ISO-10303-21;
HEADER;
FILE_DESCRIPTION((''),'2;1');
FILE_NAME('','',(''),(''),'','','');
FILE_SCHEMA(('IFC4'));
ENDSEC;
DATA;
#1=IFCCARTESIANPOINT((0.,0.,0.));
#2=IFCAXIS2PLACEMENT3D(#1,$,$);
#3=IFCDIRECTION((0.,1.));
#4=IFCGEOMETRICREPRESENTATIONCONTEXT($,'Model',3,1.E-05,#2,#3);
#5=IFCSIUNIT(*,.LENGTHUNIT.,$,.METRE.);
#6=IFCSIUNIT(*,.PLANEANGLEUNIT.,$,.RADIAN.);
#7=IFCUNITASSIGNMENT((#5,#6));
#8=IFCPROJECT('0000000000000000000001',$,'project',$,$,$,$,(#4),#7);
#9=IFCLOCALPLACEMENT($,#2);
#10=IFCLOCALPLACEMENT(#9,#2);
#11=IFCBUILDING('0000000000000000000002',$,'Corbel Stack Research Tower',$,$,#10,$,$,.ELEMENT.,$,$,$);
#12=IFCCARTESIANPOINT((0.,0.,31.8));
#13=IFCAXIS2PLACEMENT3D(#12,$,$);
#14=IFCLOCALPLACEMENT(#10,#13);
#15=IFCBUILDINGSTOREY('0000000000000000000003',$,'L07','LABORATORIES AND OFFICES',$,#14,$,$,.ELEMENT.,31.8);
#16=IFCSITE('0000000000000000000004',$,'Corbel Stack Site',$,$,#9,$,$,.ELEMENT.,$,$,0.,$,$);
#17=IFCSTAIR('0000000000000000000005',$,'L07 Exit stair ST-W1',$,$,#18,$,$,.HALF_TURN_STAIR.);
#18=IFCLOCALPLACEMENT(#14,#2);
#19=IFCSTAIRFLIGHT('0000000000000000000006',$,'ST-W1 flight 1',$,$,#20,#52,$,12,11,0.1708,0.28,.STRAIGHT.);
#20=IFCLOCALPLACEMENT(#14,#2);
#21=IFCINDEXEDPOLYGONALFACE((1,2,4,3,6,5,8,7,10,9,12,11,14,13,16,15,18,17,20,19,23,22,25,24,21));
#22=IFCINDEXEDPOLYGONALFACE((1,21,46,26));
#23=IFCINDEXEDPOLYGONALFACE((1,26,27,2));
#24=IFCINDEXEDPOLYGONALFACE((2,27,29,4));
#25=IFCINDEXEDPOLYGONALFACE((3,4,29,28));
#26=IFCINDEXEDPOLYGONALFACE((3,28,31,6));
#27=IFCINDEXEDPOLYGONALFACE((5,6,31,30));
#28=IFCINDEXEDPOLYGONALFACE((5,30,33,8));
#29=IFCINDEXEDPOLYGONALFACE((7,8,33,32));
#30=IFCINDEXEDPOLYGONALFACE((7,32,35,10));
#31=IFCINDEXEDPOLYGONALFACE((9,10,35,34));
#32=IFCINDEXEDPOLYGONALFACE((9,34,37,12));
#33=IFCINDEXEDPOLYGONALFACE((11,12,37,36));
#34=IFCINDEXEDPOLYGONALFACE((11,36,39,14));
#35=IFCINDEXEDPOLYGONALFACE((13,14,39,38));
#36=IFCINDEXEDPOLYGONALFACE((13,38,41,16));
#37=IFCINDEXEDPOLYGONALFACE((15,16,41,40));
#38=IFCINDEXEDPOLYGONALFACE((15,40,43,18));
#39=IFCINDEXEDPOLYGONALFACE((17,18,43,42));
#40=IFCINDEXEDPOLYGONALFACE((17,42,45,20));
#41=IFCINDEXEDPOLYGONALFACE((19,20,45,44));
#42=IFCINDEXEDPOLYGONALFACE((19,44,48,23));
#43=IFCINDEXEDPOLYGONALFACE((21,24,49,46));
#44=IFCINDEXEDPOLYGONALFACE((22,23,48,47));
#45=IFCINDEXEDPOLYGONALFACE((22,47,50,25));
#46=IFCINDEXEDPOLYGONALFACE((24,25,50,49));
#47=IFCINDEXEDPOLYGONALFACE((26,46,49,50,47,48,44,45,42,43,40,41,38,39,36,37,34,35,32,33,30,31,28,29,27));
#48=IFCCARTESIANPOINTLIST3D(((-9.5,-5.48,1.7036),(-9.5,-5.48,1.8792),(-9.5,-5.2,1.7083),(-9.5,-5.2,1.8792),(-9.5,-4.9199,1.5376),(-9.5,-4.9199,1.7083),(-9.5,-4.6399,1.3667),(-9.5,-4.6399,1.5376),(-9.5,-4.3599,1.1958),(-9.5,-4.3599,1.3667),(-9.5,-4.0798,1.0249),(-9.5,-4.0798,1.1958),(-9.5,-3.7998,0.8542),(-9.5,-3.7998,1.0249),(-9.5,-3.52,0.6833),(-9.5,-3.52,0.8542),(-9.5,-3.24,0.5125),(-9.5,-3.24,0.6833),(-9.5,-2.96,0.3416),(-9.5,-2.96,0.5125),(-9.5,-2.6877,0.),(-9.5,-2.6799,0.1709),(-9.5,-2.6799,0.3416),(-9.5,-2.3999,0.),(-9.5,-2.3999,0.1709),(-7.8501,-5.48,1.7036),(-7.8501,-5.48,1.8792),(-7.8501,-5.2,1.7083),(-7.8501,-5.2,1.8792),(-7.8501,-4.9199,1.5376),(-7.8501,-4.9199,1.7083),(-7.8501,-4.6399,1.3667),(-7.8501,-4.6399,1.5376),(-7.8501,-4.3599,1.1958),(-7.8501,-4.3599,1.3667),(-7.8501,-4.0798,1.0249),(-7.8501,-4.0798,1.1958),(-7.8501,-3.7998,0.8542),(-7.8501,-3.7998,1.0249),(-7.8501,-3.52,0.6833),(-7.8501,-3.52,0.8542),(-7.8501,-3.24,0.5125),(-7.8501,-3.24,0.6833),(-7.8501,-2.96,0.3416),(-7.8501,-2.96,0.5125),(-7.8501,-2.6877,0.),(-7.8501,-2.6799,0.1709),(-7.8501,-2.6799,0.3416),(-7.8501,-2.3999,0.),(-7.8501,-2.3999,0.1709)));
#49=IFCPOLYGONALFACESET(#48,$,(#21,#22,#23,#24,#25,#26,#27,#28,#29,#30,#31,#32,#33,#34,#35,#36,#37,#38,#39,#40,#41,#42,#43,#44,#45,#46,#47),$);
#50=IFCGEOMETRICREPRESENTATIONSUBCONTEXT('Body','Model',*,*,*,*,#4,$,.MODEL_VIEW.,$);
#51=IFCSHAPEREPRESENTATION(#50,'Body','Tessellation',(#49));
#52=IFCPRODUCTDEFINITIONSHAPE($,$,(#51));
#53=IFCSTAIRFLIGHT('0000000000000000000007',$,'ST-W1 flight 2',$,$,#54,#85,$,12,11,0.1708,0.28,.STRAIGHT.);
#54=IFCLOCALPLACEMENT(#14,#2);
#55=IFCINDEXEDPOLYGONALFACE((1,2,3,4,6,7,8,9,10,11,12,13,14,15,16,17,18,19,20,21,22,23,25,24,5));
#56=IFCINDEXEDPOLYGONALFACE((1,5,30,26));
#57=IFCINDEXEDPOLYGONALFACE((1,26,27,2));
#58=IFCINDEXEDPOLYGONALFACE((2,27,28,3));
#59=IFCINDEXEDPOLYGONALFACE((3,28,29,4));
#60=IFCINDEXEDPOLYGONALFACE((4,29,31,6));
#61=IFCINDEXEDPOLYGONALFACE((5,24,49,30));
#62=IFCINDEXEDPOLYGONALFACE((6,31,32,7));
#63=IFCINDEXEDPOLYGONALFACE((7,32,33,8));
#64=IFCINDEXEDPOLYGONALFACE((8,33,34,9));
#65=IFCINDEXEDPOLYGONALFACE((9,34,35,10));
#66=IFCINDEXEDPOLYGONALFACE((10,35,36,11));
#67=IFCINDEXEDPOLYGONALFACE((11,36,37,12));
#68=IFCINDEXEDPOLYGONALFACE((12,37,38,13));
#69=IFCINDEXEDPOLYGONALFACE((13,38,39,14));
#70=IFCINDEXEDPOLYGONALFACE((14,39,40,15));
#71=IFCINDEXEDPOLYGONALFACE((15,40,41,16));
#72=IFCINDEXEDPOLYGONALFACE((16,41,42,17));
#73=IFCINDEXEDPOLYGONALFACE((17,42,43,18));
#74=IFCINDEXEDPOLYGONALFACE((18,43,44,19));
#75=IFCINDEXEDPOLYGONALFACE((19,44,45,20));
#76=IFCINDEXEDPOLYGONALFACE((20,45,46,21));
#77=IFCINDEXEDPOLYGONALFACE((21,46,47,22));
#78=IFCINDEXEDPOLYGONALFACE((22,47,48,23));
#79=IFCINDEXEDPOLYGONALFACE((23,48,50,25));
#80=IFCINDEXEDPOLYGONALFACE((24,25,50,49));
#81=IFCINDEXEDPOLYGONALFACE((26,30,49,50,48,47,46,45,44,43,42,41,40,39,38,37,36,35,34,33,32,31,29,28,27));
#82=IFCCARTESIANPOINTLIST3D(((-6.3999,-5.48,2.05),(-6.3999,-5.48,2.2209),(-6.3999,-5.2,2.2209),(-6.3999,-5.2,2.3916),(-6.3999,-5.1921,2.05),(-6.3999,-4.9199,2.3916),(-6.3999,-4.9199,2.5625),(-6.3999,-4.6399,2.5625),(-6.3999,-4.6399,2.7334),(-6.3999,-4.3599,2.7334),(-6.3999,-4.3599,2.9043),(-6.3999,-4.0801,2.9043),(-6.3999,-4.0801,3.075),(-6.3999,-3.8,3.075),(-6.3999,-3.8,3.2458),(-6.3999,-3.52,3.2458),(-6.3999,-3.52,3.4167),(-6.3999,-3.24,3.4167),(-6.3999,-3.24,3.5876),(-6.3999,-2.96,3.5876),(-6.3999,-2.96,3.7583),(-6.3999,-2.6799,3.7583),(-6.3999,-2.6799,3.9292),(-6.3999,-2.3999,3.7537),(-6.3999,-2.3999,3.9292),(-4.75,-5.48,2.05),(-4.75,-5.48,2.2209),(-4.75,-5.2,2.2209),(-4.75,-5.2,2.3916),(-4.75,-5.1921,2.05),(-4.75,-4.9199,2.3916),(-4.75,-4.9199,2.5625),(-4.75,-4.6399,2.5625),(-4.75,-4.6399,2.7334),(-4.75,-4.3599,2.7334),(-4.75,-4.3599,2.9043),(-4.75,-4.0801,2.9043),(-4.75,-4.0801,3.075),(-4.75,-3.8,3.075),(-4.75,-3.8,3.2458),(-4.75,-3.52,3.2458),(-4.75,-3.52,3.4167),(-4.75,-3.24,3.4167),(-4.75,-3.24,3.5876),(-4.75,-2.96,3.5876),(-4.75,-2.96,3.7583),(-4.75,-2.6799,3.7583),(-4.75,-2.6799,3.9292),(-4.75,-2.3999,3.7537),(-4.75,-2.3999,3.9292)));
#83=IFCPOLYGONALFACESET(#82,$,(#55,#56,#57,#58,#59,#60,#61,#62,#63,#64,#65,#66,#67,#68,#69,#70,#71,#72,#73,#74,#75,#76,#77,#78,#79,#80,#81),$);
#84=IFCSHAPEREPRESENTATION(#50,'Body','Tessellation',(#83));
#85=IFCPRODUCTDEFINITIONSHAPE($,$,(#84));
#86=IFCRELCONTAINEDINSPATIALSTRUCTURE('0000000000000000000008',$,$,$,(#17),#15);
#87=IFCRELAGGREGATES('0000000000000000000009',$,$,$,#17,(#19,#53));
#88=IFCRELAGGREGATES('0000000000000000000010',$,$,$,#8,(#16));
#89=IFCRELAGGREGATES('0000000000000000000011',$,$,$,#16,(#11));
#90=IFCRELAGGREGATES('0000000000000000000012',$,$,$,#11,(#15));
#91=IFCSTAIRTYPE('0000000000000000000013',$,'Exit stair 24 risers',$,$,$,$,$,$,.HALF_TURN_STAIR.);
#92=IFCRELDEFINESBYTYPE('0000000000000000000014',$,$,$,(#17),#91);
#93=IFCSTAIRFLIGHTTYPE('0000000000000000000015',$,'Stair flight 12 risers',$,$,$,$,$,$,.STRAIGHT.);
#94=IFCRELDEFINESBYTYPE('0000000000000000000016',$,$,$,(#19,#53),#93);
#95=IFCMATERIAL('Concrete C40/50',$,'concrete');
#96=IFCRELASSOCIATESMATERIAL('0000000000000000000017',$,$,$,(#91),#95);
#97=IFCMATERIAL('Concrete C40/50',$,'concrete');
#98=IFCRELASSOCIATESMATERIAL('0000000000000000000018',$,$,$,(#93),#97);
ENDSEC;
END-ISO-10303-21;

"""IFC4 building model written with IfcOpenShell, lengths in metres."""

from ifc_helpers import new_model, si_unit, direction, frame, origin, place, context, subcontext, project, spatial, polyline, outline, extrude, material, type_object, element, aggregate, save


model = new_model("IFC4")

# Units and contexts
model_context = context("Model", 3, precision=1e-05, world=origin(), true_north=direction((0.0, 1.0)))
body_context = subcontext(model_context, "Body", "Model", "MODEL_VIEW")
ifc_project = project(units=[si_unit("LENGTHUNIT", "METRE"), si_unit("PLANEANGLEUNIT", "RADIAN")], contexts=[model_context])

# Site, building, storey
site_placement = place(None, origin())
site = spatial("IfcSite", under=ifc_project, at=site_placement, Name="Corbel Stack Site", CompositionType="ELEMENT", RefElevation=0.0)
building_placement = place(site_placement, origin())
building = spatial("IfcBuilding", under=site, at=building_placement, Name="Corbel Stack Research Tower", CompositionType="ELEMENT")
storey_placement = place(building_placement, frame((0.0, 0.0, 31.8)))
storey = spatial("IfcBuildingStorey", under=building, at=storey_placement, Name="L07", Description="LABORATORIES AND OFFICES", CompositionType="ELEMENT", Elevation=31.8)

# Stair, stair flights
ifc_material_1 = material(Name="Concrete C40/50", Category="concrete")
stair_type = type_object("IfcStairType", Name="Exit stair 24 risers", PredefinedType="HALF_TURN_STAIR", material=ifc_material_1)
stair_placement = place(storey_placement, origin())
stair = element("IfcStair", 1, at=stair_placement, inside=storey, type_object=stair_type, Name="L07 Exit stair ST-W1", PredefinedType="HALF_TURN_STAIR")
ifc_material_2 = material(Name="Concrete C40/50", Category="concrete")
stair_flight_type = type_object("IfcStairFlightType", Name="Stair flight 12 risers", PredefinedType="STRAIGHT", material=ifc_material_2)
stair_flight_1_placement = place(storey_placement, frame((-8.675, -2.3999, 0.0), z_axis=(0.0, 0.0, 1.0), x_axis=(0.0, -1.0, 0.0)))
stair_flight_1 = element("IfcStairFlight", 2, at=stair_flight_1_placement, type_object=stair_flight_type, Name="ST-W1 flight 1", NumberOfRisers=12, NumberOfTreads=11, PredefinedType="STRAIGHT", RiserHeight=0.1708, TreadLength=0.28, context=body_context, shape_type="SweptSolid", body=[
    extrude(outline(polyline([(0.0, 0.0), (0.0, 0.1709), (0.28, 0.1709), (0.28, 0.3416), (0.5601, 0.3416), (0.5601, 0.5125), (0.8401, 0.5125), (0.8401, 0.6833), (1.1201, 0.6833), (1.1201, 0.8542), (1.3999, 0.8542), (1.3999, 1.0249), (1.6799, 1.0249), (1.6799, 1.1958), (1.96, 1.1958), (1.96, 1.3667), (2.24, 1.3667), (2.24, 1.5376), (2.52, 1.5376), (2.52, 1.7083), (2.8, 1.7083), (2.8, 1.8792), (3.0801, 1.8792), (3.0801, 2.05), (3.0801, 1.7036), (0.2878, 0.0), (0.0, 0.0)])), frame((0.0, 0.825, 0.0), z_axis=(0.0, -1.0, 0.0), x_axis=(1.0, 0.0, 0.0)), (0.0, 0.0, 1.0), 1.6499),
])
stair_flight_2_placement = place(storey_placement, frame((-5.575, -5.48, 2.05), z_axis=(0.0, 0.0, 1.0), x_axis=(0.0, 1.0, 0.0)))
stair_flight_2 = element("IfcStairFlight", 3, at=stair_flight_2_placement, type_object=stair_flight_type, Name="ST-W1 flight 2", NumberOfRisers=12, NumberOfTreads=11, PredefinedType="STRAIGHT", RiserHeight=0.1708, TreadLength=0.28, context=body_context, shape_type="SweptSolid", body=[
    extrude(outline(polyline([(0.0, 0.0), (0.0, 0.1709), (0.28, 0.1709), (0.28, 0.3416), (0.5601, 0.3416), (0.5601, 0.5125), (0.8401, 0.5125), (0.8401, 0.6833), (1.1201, 0.6833), (1.1201, 0.8542), (1.3999, 0.8542), (1.3999, 1.0249), (1.6799, 1.0249), (1.6799, 1.1958), (1.96, 1.1958), (1.96, 1.3667), (2.24, 1.3667), (2.24, 1.5376), (2.52, 1.5376), (2.52, 1.7083), (2.8, 1.7083), (2.8, 1.8792), (3.0801, 1.8792), (3.0801, 2.05), (3.0801, 1.7036), (0.2878, 0.0), (0.0, 0.0)])), frame((0.0, 0.825, 0.0), z_axis=(0.0, -1.0, 0.0), x_axis=(1.0, 0.0, 0.0)), (0.0, 0.0, 1.0), 1.6499),
])
aggregate(stair, [stair_flight_1, stair_flight_2])

save(model, "model.ifc")
